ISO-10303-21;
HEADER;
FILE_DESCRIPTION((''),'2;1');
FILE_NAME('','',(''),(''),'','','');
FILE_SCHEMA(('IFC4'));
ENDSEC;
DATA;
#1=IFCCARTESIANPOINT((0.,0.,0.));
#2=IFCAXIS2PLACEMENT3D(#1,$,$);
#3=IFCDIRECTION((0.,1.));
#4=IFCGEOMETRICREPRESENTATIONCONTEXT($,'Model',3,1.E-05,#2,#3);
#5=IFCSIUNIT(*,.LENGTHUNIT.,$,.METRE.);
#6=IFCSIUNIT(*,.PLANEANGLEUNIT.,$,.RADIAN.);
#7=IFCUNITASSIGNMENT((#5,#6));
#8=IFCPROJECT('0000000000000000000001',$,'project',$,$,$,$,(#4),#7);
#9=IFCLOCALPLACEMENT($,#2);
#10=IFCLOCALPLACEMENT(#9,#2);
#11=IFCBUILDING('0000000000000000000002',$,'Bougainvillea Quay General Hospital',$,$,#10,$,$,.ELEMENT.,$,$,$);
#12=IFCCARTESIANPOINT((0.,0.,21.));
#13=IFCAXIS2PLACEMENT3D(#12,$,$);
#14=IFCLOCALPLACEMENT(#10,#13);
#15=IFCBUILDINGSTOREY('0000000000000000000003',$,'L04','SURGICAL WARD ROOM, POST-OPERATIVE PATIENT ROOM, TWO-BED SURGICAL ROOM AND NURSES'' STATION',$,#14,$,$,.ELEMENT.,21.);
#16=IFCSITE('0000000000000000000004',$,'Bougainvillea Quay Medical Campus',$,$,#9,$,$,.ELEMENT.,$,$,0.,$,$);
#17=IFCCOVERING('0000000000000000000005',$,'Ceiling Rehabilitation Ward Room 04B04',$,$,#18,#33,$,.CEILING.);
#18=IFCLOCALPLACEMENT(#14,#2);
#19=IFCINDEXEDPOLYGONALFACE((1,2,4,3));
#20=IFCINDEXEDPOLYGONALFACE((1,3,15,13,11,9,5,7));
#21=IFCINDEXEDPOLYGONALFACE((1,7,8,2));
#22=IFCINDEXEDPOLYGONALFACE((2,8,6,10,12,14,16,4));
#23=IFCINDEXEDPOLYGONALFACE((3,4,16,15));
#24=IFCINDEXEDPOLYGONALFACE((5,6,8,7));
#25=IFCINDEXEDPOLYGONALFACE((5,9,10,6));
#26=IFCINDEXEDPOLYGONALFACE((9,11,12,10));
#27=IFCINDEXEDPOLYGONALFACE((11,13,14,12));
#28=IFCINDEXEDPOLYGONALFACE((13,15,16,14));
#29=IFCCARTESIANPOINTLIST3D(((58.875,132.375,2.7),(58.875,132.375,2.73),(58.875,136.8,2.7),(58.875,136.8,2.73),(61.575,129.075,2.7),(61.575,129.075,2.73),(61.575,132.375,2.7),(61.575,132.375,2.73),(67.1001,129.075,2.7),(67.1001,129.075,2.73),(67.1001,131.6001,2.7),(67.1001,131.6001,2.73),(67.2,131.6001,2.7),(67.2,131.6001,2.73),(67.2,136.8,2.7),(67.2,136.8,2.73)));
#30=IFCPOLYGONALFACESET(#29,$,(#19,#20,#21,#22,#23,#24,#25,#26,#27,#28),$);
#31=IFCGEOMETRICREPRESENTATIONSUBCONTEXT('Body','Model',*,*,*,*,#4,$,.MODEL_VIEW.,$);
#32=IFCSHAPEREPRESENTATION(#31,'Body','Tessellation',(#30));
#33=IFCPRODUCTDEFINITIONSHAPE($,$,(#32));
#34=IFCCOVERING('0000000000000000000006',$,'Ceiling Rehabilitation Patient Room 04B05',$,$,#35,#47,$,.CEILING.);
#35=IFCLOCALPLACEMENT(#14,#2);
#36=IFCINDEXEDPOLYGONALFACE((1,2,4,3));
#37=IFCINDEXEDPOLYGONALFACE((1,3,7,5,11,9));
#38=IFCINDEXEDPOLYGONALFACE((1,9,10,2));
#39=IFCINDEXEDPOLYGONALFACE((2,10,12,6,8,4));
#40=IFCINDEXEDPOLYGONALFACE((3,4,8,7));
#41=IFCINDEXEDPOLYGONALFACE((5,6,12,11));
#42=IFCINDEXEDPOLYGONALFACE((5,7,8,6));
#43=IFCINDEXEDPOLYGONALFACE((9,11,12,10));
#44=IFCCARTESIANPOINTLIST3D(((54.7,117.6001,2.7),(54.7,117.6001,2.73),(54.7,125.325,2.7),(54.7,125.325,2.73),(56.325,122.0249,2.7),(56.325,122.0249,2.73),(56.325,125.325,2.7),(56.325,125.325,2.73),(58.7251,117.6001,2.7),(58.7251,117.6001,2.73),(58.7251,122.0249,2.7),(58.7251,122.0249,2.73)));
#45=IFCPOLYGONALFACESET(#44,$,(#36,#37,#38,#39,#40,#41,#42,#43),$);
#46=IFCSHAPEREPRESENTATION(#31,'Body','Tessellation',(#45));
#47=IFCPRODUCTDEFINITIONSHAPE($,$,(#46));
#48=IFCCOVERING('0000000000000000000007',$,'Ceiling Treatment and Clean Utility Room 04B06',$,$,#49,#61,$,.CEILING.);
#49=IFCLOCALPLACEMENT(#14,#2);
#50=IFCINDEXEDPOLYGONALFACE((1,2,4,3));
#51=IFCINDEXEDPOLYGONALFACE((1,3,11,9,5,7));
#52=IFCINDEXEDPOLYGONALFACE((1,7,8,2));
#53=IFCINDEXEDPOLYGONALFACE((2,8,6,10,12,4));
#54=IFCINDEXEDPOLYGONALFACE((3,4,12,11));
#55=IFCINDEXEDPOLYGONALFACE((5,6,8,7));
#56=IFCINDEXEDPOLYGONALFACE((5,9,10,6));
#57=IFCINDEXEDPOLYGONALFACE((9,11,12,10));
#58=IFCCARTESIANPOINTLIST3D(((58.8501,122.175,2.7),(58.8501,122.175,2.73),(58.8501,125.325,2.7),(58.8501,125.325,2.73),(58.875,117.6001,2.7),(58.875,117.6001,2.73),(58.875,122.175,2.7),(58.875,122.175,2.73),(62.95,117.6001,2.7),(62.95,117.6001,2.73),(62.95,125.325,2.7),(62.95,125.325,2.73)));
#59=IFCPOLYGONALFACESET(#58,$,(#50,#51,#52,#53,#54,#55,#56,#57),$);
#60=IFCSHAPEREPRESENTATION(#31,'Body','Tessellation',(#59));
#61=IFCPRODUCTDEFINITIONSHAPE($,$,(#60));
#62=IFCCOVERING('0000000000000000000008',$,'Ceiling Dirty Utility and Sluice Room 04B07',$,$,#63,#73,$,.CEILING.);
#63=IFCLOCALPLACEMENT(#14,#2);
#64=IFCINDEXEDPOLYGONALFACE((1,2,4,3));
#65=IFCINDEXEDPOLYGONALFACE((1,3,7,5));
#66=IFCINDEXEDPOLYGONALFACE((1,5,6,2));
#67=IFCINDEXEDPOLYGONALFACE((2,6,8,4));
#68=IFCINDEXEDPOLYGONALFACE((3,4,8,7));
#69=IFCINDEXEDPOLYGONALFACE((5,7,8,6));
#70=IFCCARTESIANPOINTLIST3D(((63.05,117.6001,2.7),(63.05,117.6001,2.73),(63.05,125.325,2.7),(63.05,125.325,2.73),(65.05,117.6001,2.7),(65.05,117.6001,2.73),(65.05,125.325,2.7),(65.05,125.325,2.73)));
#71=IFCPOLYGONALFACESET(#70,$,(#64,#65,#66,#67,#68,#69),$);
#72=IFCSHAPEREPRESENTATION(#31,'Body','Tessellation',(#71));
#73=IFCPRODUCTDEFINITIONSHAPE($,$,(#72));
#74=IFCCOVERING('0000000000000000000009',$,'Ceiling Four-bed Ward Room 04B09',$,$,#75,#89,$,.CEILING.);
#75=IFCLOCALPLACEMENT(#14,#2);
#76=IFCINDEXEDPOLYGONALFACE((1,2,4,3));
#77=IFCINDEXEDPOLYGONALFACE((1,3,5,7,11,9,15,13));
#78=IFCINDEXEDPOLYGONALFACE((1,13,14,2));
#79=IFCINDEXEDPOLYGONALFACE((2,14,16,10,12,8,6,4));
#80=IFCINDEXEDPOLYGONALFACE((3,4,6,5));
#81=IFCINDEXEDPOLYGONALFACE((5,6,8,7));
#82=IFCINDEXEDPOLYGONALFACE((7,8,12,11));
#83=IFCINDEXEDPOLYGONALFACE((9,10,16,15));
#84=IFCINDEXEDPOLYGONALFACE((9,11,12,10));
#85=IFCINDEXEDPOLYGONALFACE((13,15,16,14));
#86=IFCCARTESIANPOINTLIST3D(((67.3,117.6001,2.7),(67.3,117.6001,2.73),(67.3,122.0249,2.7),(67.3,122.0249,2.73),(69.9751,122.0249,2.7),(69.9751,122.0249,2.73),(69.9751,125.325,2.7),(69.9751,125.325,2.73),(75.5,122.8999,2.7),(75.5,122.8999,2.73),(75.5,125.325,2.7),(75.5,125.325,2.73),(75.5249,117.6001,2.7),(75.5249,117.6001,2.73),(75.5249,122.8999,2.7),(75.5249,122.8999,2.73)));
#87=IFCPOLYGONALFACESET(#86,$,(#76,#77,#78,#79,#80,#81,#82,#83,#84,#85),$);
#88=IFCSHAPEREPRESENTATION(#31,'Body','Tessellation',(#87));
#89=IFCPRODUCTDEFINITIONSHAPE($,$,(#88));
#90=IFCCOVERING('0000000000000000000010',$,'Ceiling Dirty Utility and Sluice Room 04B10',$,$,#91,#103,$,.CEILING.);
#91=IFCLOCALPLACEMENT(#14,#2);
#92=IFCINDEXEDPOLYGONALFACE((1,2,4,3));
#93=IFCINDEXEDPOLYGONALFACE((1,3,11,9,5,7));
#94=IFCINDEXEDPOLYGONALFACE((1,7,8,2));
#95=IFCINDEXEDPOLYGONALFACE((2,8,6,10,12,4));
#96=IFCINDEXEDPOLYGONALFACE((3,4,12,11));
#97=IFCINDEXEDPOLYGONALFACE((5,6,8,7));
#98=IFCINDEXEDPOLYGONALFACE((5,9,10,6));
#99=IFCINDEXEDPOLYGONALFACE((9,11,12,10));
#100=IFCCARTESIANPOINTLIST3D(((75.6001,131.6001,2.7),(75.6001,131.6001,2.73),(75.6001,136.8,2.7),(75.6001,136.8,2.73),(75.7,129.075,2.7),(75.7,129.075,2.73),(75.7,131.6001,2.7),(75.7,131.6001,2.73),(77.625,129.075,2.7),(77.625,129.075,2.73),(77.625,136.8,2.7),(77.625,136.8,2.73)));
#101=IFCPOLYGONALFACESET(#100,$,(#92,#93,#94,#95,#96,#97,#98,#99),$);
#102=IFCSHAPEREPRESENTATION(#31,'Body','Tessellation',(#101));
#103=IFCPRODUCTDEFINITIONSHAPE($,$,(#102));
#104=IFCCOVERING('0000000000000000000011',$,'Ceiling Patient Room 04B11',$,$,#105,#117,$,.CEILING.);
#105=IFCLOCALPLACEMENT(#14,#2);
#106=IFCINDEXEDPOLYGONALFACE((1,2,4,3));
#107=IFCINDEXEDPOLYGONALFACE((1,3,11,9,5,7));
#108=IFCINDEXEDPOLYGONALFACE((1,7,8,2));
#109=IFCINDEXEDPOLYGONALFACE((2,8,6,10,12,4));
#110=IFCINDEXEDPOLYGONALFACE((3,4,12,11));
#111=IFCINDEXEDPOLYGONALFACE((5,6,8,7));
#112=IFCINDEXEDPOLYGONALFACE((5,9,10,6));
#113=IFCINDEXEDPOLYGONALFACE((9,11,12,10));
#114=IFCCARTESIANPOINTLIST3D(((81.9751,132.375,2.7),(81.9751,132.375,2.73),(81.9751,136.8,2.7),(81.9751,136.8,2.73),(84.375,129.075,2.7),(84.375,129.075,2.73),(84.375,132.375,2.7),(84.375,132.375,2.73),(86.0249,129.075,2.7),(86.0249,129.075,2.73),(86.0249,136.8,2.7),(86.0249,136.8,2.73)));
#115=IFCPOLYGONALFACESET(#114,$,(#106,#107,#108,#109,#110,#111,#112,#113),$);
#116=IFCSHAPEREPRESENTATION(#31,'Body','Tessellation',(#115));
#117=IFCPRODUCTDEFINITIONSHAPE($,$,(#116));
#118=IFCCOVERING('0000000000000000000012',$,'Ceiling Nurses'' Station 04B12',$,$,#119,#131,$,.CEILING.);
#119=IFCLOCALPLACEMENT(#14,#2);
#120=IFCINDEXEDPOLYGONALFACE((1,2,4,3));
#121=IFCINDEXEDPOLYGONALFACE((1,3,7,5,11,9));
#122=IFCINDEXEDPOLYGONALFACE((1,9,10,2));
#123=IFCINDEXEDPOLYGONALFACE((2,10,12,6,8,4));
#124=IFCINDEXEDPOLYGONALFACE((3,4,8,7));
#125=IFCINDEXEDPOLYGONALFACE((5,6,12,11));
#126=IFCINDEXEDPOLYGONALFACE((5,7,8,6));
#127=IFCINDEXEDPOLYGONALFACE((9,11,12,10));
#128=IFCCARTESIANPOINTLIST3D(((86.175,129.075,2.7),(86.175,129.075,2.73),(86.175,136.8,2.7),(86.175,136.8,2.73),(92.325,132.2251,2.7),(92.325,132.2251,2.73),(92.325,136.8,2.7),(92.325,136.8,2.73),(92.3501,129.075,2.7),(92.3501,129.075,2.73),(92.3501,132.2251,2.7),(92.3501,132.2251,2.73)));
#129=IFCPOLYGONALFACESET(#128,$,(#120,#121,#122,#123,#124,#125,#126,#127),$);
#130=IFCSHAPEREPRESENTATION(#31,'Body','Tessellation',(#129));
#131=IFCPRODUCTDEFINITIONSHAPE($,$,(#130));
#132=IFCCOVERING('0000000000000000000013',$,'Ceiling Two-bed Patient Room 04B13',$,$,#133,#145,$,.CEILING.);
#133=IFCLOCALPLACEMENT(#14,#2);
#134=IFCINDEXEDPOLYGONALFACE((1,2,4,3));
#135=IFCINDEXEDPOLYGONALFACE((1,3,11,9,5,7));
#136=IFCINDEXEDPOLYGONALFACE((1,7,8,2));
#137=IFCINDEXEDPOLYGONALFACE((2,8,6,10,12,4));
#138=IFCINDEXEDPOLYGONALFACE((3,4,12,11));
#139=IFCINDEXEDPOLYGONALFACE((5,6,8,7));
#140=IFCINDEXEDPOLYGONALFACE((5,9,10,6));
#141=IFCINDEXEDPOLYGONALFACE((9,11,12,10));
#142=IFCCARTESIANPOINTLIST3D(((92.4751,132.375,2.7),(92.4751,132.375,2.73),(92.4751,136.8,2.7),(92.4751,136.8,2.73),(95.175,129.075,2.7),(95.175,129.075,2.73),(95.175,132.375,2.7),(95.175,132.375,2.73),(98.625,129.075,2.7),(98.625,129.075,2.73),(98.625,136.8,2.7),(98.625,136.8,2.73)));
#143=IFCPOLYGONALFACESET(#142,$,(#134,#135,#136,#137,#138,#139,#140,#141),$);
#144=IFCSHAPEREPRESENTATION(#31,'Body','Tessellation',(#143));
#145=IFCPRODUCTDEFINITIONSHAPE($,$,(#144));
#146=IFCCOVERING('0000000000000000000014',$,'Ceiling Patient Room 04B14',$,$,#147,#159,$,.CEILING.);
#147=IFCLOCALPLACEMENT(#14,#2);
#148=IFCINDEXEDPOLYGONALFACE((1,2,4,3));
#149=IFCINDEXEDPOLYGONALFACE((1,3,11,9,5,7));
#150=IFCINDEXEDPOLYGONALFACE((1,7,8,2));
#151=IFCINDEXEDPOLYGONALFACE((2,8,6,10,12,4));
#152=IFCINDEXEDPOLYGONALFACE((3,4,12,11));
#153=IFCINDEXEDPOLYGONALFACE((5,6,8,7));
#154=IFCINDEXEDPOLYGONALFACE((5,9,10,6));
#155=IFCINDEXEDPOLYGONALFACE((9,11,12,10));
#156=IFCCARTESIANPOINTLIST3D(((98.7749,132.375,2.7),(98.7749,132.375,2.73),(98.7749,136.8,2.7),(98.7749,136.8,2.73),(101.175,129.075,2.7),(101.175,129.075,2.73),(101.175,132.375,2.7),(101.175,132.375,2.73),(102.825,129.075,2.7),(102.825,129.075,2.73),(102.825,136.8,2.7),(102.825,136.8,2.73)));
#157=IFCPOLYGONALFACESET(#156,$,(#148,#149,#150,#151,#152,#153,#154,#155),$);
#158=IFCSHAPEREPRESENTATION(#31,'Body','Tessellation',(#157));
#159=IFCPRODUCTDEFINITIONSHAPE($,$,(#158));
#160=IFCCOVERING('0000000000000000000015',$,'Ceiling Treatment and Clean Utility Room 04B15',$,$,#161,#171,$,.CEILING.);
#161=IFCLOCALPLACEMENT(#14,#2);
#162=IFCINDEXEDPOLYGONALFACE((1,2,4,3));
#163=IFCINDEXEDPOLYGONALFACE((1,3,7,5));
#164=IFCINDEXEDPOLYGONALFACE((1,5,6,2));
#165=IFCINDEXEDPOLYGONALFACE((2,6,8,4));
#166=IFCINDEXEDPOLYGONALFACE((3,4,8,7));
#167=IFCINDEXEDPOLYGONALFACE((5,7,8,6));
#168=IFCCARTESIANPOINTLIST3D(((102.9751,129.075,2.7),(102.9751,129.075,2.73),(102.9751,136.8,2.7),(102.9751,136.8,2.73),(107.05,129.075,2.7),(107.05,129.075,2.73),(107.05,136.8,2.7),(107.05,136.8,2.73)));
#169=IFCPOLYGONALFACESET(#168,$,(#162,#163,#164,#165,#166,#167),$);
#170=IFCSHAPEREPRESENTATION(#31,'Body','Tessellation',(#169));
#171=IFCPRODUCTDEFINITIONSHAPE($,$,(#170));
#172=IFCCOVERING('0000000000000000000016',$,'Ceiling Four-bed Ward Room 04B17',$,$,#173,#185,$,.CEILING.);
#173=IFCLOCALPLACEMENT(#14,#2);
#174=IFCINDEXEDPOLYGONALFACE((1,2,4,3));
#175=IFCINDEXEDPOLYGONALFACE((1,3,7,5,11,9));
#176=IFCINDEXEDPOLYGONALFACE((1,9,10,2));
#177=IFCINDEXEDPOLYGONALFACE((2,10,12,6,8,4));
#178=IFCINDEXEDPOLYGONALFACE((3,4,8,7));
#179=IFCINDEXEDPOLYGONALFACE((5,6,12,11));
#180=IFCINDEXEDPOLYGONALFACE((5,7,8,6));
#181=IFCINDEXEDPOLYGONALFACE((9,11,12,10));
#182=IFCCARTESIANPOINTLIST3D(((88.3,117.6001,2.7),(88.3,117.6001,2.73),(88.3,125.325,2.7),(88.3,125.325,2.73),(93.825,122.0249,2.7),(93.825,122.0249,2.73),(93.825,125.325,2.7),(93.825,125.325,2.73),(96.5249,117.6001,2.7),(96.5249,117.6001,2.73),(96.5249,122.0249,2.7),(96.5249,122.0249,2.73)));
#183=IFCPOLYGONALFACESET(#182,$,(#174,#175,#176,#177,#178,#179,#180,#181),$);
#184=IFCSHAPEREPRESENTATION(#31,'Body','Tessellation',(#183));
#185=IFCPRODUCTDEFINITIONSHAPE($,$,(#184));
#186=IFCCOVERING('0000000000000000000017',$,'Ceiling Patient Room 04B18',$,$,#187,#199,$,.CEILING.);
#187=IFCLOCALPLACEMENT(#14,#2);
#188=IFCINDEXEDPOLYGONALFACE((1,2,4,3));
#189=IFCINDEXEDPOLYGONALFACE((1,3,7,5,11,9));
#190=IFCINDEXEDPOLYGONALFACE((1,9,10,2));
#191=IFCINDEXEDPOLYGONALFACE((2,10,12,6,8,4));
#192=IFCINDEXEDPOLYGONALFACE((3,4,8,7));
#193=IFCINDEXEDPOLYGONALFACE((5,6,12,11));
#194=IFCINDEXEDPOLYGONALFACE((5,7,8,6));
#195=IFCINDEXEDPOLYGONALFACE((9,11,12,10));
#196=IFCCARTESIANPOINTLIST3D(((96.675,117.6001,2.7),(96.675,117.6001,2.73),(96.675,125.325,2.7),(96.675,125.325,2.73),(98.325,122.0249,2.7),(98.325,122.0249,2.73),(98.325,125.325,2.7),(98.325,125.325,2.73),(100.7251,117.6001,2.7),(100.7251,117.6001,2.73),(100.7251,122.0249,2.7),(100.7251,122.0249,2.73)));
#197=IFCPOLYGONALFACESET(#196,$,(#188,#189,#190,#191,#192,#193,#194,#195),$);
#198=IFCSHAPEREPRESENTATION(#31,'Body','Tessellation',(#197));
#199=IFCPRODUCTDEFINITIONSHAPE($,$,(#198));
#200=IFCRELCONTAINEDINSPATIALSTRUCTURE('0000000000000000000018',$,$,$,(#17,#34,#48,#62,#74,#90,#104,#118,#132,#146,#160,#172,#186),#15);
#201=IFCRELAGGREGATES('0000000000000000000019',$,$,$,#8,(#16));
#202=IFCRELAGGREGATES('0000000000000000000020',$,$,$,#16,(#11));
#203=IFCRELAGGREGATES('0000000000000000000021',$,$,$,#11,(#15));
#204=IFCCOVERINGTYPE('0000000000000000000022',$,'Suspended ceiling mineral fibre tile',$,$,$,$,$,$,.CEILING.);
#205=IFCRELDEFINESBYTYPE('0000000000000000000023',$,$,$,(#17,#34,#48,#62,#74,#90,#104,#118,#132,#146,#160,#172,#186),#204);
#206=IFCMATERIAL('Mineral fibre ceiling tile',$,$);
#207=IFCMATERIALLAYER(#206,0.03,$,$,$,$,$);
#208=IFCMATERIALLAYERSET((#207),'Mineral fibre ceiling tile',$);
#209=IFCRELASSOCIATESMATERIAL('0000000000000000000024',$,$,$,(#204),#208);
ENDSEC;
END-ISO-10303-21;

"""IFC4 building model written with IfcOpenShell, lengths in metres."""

from ifc_helpers import new_model, si_unit, direction, frame, origin, place, context, subcontext, project, spatial, polyline, outline, extrude, material, layer, layer_set, type_object, element, save


model = new_model("IFC4")

# Units and contexts
model_context = context("Model", 3, precision=1e-05, world=origin(), true_north=direction((0.0, 1.0)))
body_context = subcontext(model_context, "Body", "Model", "MODEL_VIEW")
ifc_project = project(units=[si_unit("LENGTHUNIT", "METRE"), si_unit("PLANEANGLEUNIT", "RADIAN")], contexts=[model_context])

# Site, building, storey
site_placement = place(None, origin())
site = spatial("IfcSite", under=ifc_project, at=site_placement, Name="Bougainvillea Quay Medical Campus", CompositionType="ELEMENT", RefElevation=0.0)
building_placement = place(site_placement, origin())
building = spatial("IfcBuilding", under=site, at=building_placement, Name="Bougainvillea Quay General Hospital", CompositionType="ELEMENT")
storey_placement = place(building_placement, frame((0.0, 0.0, 21.0)))
storey = spatial("IfcBuildingStorey", under=building, at=storey_placement, Name="L04", Description="SURGICAL WARD ROOM, POST-OPERATIVE PATIENT ROOM, TWO-BED SURGICAL ROOM AND NURSES' STATION", CompositionType="ELEMENT", Elevation=21.0)

# Coverings
ifc_material = material(Name="Mineral fibre ceiling tile")
ifc_layer = layer(ifc_material, 0.03)
ifc_layer_set = layer_set([ifc_layer], Name="Mineral fibre ceiling tile")
covering_type = type_object("IfcCoveringType", Name="Suspended ceiling mineral fibre tile", PredefinedType="CEILING", material=ifc_layer_set)
covering_1_placement = place(storey_placement, frame((0.0, 0.0, 2.7)))
element("IfcCovering", 1, at=covering_1_placement, inside=storey, type_object=covering_type, Name="Ceiling Rehabilitation Ward Room 04B04", PredefinedType="CEILING", context=body_context, shape_type="SweptSolid", body=[
    extrude(outline(polyline([(58.875, 136.8), (58.875, 132.375), (61.575, 132.375), (61.575, 129.075), (67.1001, 129.075), (67.1001, 131.6001), (67.2, 131.6001), (67.2, 136.8), (58.875, 136.8)])), origin(), (0.0, 0.0, 1.0), 0.03),
])
covering_2_placement = place(storey_placement, frame((0.0, 0.0, 2.7)))
element("IfcCovering", 2, at=covering_2_placement, inside=storey, type_object=covering_type, Name="Ceiling Rehabilitation Patient Room 04B05", PredefinedType="CEILING", context=body_context, shape_type="SweptSolid", body=[
    extrude(outline(polyline([(58.7251, 117.6001), (58.7251, 122.0249), (56.325, 122.0249), (56.325, 125.325), (54.7, 125.325), (54.7, 117.6001), (58.7251, 117.6001)])), origin(), (0.0, 0.0, 1.0), 0.03),
])
covering_3_placement = place(storey_placement, frame((0.0, 0.0, 2.7)))
element("IfcCovering", 3, at=covering_3_placement, inside=storey, type_object=covering_type, Name="Ceiling Treatment and Clean Utility Room 04B06", PredefinedType="CEILING", context=body_context, shape_type="SweptSolid", body=[
    extrude(outline(polyline([(62.95, 117.6001), (62.95, 125.325), (58.8501, 125.325), (58.8501, 122.175), (58.875, 122.175), (58.875, 117.6001), (62.95, 117.6001)])), origin(), (0.0, 0.0, 1.0), 0.03),
])
covering_4_placement = place(storey_placement, frame((0.0, 0.0, 2.7)))
element("IfcCovering", 4, at=covering_4_placement, inside=storey, type_object=covering_type, Name="Ceiling Dirty Utility and Sluice Room 04B07", PredefinedType="CEILING", context=body_context, shape_type="SweptSolid", body=[
    extrude(outline(polyline([(65.05, 117.6001), (65.05, 125.325), (63.05, 125.325), (63.05, 117.6001), (65.05, 117.6001)])), origin(), (0.0, 0.0, 1.0), 0.03),
])
covering_5_placement = place(storey_placement, frame((0.0, 0.0, 2.7)))
element("IfcCovering", 5, at=covering_5_placement, inside=storey, type_object=covering_type, Name="Ceiling Four-bed Ward Room 04B09", PredefinedType="CEILING", context=body_context, shape_type="SweptSolid", body=[
    extrude(outline(polyline([(75.5249, 117.6001), (75.5249, 122.8999), (75.5, 122.8999), (75.5, 125.325), (69.9751, 125.325), (69.9751, 122.0249), (67.3, 122.0249), (67.3, 117.6001), (75.5249, 117.6001)])), origin(), (0.0, 0.0, 1.0), 0.03),
])
covering_6_placement = place(storey_placement, frame((0.0, 0.0, 2.7)))
element("IfcCovering", 6, at=covering_6_placement, inside=storey, type_object=covering_type, Name="Ceiling Dirty Utility and Sluice Room 04B10", PredefinedType="CEILING", context=body_context, shape_type="SweptSolid", body=[
    extrude(outline(polyline([(75.6001, 131.6001), (75.7, 131.6001), (75.7, 129.075), (77.625, 129.075), (77.625, 136.8), (75.6001, 136.8), (75.6001, 131.6001)])), origin(), (0.0, 0.0, 1.0), 0.03),
])
covering_7_placement = place(storey_placement, frame((0.0, 0.0, 2.7)))
element("IfcCovering", 7, at=covering_7_placement, inside=storey, type_object=covering_type, Name="Ceiling Patient Room 04B11", PredefinedType="CEILING", context=body_context, shape_type="SweptSolid", body=[
    extrude(outline(polyline([(81.9751, 136.8), (81.9751, 132.375), (84.375, 132.375), (84.375, 129.075), (86.0249, 129.075), (86.0249, 136.8), (81.9751, 136.8)])), origin(), (0.0, 0.0, 1.0), 0.03),
])
covering_8_placement = place(storey_placement, frame((0.0, 0.0, 2.7)))
element("IfcCovering", 8, at=covering_8_placement, inside=storey, type_object=covering_type, Name="Ceiling Nurses' Station 04B12", PredefinedType="CEILING", context=body_context, shape_type="SweptSolid", body=[
    extrude(outline(polyline([(86.175, 136.8), (86.175, 129.075), (92.3501, 129.075), (92.3501, 132.2251), (92.325, 132.2251), (92.325, 136.8), (86.175, 136.8)])), origin(), (0.0, 0.0, 1.0), 0.03),
])
covering_9_placement = place(storey_placement, frame((0.0, 0.0, 2.7)))
element("IfcCovering", 9, at=covering_9_placement, inside=storey, type_object=covering_type, Name="Ceiling Two-bed Patient Room 04B13", PredefinedType="CEILING", context=body_context, shape_type="SweptSolid", body=[
    extrude(outline(polyline([(92.4751, 136.8), (92.4751, 132.375), (95.175, 132.375), (95.175, 129.075), (98.625, 129.075), (98.625, 136.8), (92.4751, 136.8)])), origin(), (0.0, 0.0, 1.0), 0.03),
])
covering_10_placement = place(storey_placement, frame((0.0, 0.0, 2.7)))
element("IfcCovering", 10, at=covering_10_placement, inside=storey, type_object=covering_type, Name="Ceiling Patient Room 04B14", PredefinedType="CEILING", context=body_context, shape_type="SweptSolid", body=[
    extrude(outline(polyline([(98.7749, 136.8), (98.7749, 132.375), (101.175, 132.375), (101.175, 129.075), (102.825, 129.075), (102.825, 136.8), (98.7749, 136.8)])), origin(), (0.0, 0.0, 1.0), 0.03),
])
covering_11_placement = place(storey_placement, frame((0.0, 0.0, 2.7)))
element("IfcCovering", 11, at=covering_11_placement, inside=storey, type_object=covering_type, Name="Ceiling Treatment and Clean Utility Room 04B15", PredefinedType="CEILING", context=body_context, shape_type="SweptSolid", body=[
    extrude(outline(polyline([(102.9751, 136.8), (102.9751, 129.075), (107.05, 129.075), (107.05, 136.8), (102.9751, 136.8)])), origin(), (0.0, 0.0, 1.0), 0.03),
])
covering_12_placement = place(storey_placement, frame((0.0, 0.0, 2.7)))
element("IfcCovering", 12, at=covering_12_placement, inside=storey, type_object=covering_type, Name="Ceiling Four-bed Ward Room 04B17", PredefinedType="CEILING", context=body_context, shape_type="SweptSolid", body=[
    extrude(outline(polyline([(96.5249, 117.6001), (96.5249, 122.0249), (93.825, 122.0249), (93.825, 125.325), (88.3, 125.325), (88.3, 117.6001), (96.5249, 117.6001)])), origin(), (0.0, 0.0, 1.0), 0.03),
])
covering_13_placement = place(storey_placement, frame((0.0, 0.0, 2.7)))
element("IfcCovering", 13, at=covering_13_placement, inside=storey, type_object=covering_type, Name="Ceiling Patient Room 04B18", PredefinedType="CEILING", context=body_context, shape_type="SweptSolid", body=[
    extrude(outline(polyline([(100.7251, 117.6001), (100.7251, 122.0249), (98.325, 122.0249), (98.325, 125.325), (96.675, 125.325), (96.675, 117.6001), (100.7251, 117.6001)])), origin(), (0.0, 0.0, 1.0), 0.03),
])

save(model, "model.ifc")
